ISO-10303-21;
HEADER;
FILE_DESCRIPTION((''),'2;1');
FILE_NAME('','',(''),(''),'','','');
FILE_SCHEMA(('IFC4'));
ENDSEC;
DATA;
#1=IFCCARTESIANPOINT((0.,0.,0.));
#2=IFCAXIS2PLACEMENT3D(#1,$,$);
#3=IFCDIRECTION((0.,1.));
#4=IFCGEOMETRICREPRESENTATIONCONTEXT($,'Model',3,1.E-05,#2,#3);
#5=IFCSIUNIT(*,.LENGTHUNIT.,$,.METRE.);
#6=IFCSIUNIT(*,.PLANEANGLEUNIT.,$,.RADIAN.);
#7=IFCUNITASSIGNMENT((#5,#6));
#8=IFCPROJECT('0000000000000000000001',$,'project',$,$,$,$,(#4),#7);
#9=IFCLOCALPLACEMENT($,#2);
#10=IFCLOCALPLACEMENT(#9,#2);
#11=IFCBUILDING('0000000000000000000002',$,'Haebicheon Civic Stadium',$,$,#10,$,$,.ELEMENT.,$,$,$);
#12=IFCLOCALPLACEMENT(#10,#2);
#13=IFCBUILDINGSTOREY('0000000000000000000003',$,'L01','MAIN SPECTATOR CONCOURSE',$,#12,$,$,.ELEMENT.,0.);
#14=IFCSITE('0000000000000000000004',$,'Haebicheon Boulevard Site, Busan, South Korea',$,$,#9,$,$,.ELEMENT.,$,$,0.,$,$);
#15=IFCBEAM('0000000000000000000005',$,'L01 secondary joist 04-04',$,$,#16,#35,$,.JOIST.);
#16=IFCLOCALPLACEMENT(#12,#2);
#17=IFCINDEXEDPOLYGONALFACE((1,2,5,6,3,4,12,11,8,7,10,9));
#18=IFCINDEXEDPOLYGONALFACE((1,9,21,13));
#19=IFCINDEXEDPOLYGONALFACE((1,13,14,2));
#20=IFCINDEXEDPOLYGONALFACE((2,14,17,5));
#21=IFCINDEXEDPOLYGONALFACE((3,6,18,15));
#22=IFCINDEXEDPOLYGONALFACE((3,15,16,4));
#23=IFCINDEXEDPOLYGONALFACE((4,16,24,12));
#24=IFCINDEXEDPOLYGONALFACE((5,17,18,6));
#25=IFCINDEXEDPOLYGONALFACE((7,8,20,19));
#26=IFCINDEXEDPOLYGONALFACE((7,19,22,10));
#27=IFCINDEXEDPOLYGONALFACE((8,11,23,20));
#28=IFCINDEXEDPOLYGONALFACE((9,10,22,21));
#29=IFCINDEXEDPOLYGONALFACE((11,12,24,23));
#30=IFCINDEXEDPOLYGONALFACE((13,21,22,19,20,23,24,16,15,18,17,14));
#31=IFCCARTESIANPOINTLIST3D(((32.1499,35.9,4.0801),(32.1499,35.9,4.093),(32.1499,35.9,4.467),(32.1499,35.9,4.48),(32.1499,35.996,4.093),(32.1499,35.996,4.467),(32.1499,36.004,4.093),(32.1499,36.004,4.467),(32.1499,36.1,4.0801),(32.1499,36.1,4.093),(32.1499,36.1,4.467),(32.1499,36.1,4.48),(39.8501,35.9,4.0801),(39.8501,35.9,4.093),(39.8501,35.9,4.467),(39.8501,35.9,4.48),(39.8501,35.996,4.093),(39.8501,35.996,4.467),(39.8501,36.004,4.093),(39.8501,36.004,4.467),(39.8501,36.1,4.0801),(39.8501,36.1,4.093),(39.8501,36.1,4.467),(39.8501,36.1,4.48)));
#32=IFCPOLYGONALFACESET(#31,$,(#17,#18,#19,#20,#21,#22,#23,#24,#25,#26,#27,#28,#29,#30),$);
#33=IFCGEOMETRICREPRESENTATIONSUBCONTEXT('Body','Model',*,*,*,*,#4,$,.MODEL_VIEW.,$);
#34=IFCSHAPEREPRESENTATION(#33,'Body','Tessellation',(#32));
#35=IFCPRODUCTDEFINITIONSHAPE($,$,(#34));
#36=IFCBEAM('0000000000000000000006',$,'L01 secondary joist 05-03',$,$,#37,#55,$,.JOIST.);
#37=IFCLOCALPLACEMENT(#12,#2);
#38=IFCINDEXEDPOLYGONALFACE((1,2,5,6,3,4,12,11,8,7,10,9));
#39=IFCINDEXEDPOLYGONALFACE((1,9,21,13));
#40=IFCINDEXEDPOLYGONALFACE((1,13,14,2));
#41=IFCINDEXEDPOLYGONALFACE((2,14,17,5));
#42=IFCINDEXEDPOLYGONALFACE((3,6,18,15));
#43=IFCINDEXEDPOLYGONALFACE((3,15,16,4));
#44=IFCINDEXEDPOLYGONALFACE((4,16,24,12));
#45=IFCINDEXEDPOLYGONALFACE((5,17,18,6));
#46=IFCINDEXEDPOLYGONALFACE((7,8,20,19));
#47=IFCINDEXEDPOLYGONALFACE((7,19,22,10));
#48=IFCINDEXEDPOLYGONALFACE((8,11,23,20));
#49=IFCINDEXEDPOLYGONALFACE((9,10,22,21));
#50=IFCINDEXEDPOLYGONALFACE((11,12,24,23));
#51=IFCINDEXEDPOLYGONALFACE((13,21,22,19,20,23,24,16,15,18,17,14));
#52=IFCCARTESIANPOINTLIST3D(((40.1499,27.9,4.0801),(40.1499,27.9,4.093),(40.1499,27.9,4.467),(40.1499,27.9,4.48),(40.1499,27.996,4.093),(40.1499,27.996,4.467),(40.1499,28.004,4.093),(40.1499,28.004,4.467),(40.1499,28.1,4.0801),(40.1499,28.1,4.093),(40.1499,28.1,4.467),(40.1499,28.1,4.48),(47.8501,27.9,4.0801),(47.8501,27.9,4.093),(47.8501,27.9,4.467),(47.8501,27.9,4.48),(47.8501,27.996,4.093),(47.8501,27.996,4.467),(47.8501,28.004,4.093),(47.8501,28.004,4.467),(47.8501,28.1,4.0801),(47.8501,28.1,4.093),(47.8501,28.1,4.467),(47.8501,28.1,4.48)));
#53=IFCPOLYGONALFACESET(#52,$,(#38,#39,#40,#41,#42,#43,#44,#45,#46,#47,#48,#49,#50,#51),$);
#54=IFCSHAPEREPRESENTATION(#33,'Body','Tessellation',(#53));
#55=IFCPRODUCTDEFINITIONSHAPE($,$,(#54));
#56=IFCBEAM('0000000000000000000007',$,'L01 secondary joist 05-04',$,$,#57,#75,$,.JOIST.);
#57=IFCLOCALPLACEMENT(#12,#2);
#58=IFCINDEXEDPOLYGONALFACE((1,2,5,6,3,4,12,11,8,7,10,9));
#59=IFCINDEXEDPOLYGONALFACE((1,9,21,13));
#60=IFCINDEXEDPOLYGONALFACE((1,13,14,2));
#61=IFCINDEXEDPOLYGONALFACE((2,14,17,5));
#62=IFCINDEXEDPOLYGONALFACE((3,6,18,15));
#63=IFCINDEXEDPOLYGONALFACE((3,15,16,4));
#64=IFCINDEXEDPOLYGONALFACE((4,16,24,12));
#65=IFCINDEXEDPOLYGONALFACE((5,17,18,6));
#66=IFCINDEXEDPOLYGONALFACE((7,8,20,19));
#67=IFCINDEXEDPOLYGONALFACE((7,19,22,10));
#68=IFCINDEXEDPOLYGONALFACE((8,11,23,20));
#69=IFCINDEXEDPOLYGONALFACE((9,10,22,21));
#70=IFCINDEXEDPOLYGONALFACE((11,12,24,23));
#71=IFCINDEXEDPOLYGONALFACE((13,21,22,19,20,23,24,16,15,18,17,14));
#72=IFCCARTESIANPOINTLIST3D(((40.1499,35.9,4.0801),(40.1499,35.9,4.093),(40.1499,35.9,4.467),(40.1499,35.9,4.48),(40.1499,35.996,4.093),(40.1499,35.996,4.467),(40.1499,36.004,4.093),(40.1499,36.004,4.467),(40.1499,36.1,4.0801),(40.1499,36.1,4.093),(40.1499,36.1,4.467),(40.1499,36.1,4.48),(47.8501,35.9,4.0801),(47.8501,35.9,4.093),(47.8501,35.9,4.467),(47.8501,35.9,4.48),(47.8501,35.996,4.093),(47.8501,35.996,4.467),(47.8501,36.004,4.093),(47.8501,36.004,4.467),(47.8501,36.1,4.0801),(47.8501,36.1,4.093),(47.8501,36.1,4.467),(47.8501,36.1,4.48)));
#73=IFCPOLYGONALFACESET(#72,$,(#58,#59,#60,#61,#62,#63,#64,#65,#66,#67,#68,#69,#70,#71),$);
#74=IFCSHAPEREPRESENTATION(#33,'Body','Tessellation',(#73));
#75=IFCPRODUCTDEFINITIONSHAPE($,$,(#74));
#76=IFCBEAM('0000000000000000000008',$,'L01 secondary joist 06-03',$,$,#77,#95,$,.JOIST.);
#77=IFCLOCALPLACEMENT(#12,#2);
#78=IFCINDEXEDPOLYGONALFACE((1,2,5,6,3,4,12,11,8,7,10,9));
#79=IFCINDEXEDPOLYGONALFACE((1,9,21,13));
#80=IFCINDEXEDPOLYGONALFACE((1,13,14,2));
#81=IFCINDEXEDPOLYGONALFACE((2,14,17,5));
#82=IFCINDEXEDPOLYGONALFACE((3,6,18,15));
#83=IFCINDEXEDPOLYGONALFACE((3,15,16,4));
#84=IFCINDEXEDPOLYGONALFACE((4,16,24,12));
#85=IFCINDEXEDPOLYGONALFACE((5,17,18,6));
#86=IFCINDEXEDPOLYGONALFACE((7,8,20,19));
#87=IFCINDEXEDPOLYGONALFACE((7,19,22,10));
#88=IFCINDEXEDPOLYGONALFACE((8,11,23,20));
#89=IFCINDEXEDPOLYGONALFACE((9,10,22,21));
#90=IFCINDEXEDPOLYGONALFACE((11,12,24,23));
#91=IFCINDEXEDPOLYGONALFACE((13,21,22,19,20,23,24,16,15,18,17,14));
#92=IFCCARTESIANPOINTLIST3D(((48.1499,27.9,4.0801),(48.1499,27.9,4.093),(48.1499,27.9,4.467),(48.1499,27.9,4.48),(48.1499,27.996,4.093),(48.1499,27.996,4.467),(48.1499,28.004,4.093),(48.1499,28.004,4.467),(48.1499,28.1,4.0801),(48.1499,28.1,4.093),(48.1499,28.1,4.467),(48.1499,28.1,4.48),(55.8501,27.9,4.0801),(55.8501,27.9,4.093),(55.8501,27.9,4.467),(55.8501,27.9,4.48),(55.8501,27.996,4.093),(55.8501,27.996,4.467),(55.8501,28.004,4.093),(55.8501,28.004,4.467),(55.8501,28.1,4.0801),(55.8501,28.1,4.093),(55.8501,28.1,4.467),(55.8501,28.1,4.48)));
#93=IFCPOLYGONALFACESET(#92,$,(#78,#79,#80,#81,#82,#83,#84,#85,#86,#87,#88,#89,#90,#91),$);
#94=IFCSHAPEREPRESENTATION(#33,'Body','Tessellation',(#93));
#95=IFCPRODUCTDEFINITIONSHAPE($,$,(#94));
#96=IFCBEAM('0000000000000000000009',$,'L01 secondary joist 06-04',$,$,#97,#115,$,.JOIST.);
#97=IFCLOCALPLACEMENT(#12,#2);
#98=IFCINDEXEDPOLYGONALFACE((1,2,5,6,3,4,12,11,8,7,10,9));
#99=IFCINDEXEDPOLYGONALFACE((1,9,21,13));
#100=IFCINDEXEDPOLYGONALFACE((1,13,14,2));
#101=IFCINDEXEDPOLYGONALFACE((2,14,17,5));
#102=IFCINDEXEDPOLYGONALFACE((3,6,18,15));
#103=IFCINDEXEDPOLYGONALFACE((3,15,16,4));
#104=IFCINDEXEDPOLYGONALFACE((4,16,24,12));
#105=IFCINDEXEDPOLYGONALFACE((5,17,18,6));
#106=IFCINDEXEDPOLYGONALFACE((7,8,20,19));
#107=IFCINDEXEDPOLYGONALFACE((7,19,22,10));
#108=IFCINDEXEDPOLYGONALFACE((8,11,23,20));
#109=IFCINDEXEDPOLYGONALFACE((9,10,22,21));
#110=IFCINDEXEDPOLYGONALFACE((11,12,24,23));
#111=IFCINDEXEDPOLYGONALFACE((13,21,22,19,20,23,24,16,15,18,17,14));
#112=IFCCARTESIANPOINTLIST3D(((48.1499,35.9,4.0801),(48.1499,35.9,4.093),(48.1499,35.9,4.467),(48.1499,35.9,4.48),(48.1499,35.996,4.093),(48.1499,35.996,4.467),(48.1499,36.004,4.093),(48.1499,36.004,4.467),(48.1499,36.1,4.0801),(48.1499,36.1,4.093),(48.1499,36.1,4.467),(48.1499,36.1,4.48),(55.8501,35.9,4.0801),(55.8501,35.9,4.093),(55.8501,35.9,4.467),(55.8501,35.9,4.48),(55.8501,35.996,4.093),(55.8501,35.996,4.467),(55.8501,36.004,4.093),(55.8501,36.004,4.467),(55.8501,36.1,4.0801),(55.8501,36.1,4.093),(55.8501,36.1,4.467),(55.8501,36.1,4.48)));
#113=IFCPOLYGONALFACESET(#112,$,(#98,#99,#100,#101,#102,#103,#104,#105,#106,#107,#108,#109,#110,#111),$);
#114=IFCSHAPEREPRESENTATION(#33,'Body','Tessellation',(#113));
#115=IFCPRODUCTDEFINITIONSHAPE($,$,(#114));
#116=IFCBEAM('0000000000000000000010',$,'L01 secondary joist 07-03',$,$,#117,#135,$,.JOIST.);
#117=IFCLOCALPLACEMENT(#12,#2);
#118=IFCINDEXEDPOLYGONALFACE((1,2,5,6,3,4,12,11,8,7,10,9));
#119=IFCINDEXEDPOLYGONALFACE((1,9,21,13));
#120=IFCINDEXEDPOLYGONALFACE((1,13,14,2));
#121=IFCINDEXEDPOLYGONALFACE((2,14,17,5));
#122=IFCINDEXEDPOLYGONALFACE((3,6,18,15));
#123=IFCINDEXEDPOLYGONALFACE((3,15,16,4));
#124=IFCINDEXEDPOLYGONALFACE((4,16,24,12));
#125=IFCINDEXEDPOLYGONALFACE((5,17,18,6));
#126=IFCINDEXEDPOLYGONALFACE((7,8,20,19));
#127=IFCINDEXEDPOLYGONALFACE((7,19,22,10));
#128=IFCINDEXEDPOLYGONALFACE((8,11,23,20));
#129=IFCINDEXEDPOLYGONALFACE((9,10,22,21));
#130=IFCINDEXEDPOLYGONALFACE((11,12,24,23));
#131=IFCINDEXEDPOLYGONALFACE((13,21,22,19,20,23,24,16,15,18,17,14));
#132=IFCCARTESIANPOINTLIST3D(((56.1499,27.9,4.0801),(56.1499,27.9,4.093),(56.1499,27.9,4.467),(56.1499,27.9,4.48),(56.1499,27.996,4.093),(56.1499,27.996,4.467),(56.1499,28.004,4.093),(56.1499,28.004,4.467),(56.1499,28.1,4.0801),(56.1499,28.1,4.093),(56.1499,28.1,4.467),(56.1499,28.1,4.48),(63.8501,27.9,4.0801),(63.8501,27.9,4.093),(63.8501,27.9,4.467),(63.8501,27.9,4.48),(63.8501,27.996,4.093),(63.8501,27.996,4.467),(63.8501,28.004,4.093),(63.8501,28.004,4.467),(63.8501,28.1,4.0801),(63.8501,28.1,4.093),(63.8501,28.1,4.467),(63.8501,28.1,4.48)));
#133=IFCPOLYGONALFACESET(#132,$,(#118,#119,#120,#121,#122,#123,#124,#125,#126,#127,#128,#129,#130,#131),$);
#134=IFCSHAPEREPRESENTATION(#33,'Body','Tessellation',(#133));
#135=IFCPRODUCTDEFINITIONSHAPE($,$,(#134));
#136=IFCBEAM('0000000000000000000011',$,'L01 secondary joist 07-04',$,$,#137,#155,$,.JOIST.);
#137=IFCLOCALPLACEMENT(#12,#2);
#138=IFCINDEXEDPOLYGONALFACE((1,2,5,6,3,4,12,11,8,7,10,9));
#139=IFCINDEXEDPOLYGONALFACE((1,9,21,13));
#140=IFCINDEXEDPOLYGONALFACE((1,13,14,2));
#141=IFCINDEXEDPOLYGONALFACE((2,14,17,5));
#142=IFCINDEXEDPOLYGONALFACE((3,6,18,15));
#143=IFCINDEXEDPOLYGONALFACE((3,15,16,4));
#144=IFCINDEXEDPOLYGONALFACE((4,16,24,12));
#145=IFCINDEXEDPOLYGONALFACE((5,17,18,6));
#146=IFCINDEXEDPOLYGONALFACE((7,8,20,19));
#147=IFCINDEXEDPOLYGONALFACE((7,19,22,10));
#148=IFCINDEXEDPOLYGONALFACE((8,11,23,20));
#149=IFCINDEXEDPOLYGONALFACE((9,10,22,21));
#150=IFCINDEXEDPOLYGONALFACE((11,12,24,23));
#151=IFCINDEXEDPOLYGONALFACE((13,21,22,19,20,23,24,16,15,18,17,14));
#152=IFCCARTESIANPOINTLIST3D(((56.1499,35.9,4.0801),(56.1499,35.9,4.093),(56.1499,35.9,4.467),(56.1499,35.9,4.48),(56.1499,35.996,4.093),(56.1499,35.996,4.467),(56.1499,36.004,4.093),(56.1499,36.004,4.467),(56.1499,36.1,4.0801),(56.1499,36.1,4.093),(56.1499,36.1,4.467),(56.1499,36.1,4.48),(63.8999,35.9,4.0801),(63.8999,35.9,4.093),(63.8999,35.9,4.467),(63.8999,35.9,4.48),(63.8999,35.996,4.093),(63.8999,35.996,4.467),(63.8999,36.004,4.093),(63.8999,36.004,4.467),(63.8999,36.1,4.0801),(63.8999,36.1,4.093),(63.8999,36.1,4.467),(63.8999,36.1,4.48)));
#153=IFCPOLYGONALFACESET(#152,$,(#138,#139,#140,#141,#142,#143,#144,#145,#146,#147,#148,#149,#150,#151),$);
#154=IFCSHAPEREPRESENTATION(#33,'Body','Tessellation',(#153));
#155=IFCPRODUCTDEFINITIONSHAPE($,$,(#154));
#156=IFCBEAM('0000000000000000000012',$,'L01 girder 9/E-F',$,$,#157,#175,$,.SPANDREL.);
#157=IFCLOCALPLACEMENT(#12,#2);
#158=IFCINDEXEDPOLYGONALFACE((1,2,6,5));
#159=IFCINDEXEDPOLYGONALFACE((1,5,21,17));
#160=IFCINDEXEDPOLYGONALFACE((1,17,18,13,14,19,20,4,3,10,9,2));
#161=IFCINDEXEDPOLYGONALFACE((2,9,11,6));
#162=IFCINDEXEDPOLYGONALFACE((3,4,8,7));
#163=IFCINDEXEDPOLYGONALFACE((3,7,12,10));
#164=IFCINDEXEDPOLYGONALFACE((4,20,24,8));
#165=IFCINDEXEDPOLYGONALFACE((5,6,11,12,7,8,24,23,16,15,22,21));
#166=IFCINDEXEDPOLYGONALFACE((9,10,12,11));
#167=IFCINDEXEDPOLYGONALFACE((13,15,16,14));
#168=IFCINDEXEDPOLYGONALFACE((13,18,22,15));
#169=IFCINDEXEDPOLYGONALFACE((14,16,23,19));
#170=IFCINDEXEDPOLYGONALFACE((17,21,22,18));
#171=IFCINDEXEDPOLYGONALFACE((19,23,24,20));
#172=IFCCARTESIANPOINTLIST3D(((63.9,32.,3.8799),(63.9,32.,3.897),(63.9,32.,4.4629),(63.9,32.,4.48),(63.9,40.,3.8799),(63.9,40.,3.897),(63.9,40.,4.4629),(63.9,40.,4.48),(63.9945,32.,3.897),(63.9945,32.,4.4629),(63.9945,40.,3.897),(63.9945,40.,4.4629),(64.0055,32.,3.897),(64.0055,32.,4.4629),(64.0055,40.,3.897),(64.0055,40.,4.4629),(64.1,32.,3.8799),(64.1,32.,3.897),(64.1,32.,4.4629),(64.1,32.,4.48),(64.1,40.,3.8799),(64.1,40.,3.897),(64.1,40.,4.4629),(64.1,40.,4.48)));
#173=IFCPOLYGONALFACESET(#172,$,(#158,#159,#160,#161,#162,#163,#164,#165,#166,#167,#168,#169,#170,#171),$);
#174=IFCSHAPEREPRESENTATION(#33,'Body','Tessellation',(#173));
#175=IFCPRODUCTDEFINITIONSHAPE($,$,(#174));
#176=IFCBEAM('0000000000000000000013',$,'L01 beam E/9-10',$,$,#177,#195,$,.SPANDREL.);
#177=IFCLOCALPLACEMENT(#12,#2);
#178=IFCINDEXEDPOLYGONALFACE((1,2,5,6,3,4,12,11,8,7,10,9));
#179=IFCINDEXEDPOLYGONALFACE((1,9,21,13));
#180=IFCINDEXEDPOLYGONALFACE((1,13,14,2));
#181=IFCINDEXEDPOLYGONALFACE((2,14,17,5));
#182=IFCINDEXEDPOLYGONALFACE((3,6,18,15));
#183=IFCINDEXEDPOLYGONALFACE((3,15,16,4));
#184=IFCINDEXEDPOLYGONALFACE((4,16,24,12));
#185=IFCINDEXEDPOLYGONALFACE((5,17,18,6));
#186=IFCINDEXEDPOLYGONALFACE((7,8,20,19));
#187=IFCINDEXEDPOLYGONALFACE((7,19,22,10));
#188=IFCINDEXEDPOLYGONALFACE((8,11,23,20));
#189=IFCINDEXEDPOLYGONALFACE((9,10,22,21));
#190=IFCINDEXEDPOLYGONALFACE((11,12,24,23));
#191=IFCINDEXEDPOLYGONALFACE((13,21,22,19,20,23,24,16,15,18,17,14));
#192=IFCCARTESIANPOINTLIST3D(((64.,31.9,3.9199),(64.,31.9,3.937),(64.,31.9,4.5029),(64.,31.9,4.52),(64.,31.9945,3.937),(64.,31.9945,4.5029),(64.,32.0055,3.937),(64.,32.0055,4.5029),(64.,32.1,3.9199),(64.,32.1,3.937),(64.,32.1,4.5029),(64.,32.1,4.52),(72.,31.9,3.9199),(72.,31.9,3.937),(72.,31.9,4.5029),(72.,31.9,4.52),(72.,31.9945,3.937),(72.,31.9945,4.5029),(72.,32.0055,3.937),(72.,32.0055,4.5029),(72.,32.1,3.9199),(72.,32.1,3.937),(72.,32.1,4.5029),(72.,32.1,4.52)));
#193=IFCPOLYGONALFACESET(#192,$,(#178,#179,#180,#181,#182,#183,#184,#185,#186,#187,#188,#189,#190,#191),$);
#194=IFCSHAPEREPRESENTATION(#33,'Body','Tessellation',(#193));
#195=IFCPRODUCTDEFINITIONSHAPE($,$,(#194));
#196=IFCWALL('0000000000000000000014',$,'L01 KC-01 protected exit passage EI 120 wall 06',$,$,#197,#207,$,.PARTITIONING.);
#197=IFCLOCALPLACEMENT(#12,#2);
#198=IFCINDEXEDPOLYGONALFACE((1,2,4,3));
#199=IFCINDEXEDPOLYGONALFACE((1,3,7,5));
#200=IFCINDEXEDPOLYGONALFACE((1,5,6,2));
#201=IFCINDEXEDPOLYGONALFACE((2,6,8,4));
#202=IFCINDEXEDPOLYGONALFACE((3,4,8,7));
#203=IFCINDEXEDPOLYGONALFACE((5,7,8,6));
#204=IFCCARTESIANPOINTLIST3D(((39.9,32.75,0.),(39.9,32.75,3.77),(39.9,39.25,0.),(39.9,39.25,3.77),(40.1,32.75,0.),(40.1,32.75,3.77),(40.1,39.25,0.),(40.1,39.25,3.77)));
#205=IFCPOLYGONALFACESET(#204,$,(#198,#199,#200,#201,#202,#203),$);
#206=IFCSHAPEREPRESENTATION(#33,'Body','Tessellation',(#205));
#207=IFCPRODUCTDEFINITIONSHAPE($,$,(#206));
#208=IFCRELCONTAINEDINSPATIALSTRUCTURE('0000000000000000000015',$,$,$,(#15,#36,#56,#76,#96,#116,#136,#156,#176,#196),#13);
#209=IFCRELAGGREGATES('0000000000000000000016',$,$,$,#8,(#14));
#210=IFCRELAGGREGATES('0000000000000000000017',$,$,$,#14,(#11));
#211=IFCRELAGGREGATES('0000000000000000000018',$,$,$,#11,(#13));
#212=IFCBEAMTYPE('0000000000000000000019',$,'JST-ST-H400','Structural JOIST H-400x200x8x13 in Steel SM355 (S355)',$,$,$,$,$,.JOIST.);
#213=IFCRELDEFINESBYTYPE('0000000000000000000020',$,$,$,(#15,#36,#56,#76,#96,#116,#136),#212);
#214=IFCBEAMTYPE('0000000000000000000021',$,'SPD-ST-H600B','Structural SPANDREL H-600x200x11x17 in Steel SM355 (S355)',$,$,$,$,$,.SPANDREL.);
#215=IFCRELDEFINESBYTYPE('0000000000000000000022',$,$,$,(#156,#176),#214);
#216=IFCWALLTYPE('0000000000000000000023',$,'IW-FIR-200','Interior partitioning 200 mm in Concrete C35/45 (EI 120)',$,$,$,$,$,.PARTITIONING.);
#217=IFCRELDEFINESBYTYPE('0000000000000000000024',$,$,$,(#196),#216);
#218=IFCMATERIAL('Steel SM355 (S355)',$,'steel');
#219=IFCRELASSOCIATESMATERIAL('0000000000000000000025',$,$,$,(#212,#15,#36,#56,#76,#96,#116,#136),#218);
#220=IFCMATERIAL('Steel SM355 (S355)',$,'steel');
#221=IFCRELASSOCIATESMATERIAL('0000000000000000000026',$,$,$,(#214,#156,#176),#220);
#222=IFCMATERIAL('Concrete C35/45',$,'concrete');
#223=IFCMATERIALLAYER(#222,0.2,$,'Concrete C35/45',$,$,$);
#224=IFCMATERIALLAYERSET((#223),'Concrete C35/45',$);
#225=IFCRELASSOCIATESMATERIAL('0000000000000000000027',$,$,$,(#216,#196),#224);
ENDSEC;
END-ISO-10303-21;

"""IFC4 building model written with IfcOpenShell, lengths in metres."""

from ifc_helpers import new_model, si_unit, direction, frame, frame_2d, origin, origin_2d, place, context, subcontext, project, spatial, rectangle, i_section, extrude, material, layer, layer_set, material_profile, profile_set, type_object, element, save


model = new_model("IFC4")

# Units and contexts
model_context = context("Model", 3, precision=1e-05, world=origin(), true_north=direction((0.0, 1.0)))
body_context = subcontext(model_context, "Body", "Model", "MODEL_VIEW")
ifc_project = project(units=[si_unit("LENGTHUNIT", "METRE"), si_unit("PLANEANGLEUNIT", "RADIAN")], contexts=[model_context])

# Site, building, storey
site_placement = place(None, origin())
site = spatial("IfcSite", under=ifc_project, at=site_placement, Name="Haebicheon Boulevard Site, Busan, South Korea", CompositionType="ELEMENT", RefElevation=0.0)
building_placement = place(site_placement, origin())
building = spatial("IfcBuilding", under=site, at=building_placement, Name="Haebicheon Civic Stadium", CompositionType="ELEMENT")
storey_placement = place(building_placement, origin())
storey = spatial("IfcBuildingStorey", under=building, at=storey_placement, Name="L01", Description="MAIN SPECTATOR CONCOURSE", CompositionType="ELEMENT", Elevation=0.0)

# Beams
ifc_material_1 = material(Name="Steel SM355 (S355)", Category="steel")
ifc_material_profile_1 = material_profile(ifc_material_1, i_section(OverallWidth=0.2, OverallDepth=0.3999, WebThickness=0.0081, FlangeThickness=0.0129, at=origin_2d()), Name="H-400x200x8x13")
ifc_profile_set_1 = profile_set([ifc_material_profile_1], Name="Steel SM355 (S355)")
beam_type_1 = type_object("IfcBeamType", Name="JST-ST-H400", Description="Structural JOIST H-400x200x8x13 in Steel SM355 (S355)", PredefinedType="JOIST", material=ifc_profile_set_1)
for number, where, z_axis, x_axis, name in (
    (1, (32.1499, 36.0, 4.28), (1.0, 0.0, 0.0), (0.0, 1.0, 0.0), "L01 secondary joist 04-04"),
    (2, (40.1499, 28.0, 4.28), (1.0, 0.0, 0.0), (0.0, 1.0, 0.0), "L01 secondary joist 05-03"),
    (3, (40.1499, 36.0, 4.28), (1.0, 0.0, 0.0), (0.0, 1.0, 0.0), "L01 secondary joist 05-04"),
    (4, (48.1499, 28.0, 4.28), (1.0, 0.0, 0.0), (0.0, 1.0, 0.0), "L01 secondary joist 06-03"),
    (5, (48.1499, 36.0, 4.28), (1.0, 0.0, 0.0), (0.0, 1.0, 0.0), "L01 secondary joist 06-04"),
    (6, (56.1499, 28.0, 4.28), (1.0, 0.0, 0.0), (0.0, 1.0, 0.0), "L01 secondary joist 07-03"),
):
    element("IfcBeam", number, at=place(storey_placement, frame(where, z_axis=z_axis, x_axis=x_axis)), inside=storey, type_object=beam_type_1, material=ifc_profile_set_1, Name=name, PredefinedType="JOIST", context=body_context, shape_type="SweptSolid", body=[
        extrude(i_section(OverallWidth=0.2, OverallDepth=0.3999, WebThickness=0.0081, FlangeThickness=0.0129, at=origin_2d()), origin(), (0.0, 0.0, 1.0), 7.7002),
    ])
beam_placement = place(storey_placement, frame((56.1499, 36.0, 4.28), z_axis=(1.0, 0.0, 0.0), x_axis=(0.0, 1.0, 0.0)))
element("IfcBeam", 7, at=beam_placement, inside=storey, type_object=beam_type_1, material=ifc_profile_set_1, Name="L01 secondary joist 07-04", PredefinedType="JOIST", context=body_context, shape_type="SweptSolid", body=[
    extrude(i_section(OverallWidth=0.2, OverallDepth=0.3999, WebThickness=0.0081, FlangeThickness=0.0129, at=origin_2d()), origin(), (0.0, 0.0, 1.0), 7.75),
])
ifc_material_2 = material(Name="Steel SM355 (S355)", Category="steel")
ifc_material_profile_2 = material_profile(ifc_material_2, i_section(OverallWidth=0.2, OverallDepth=0.6001, WebThickness=0.011, FlangeThickness=0.0171, at=origin_2d()), Name="H-600x200x11x17")
ifc_profile_set_2 = profile_set([ifc_material_profile_2], Name="Steel SM355 (S355)")
beam_type_2 = type_object("IfcBeamType", Name="SPD-ST-H600B", Description="Structural SPANDREL H-600x200x11x17 in Steel SM355 (S355)", PredefinedType="SPANDREL", material=ifc_profile_set_2)
for number, where, z_axis, x_axis, name in (
    (8, (64.0, 32.0, 4.1799), (0.0, 1.0, 0.0), (-1.0, 0.0, 0.0), "L01 girder 9/E-F"),
    (9, (64.0, 32.0, 4.22), (1.0, 0.0, 0.0), (0.0, 1.0, 0.0), "L01 beam E/9-10"),
):
    element("IfcBeam", number, at=place(storey_placement, frame(where, z_axis=z_axis, x_axis=x_axis)), inside=storey, type_object=beam_type_2, material=ifc_profile_set_2, Name=name, PredefinedType="SPANDREL", context=body_context, shape_type="SweptSolid", body=[
        extrude(i_section(OverallWidth=0.2, OverallDepth=0.6001, WebThickness=0.011, FlangeThickness=0.0171, at=origin_2d()), origin(), (0.0, 0.0, 1.0), 8.0),
    ])

# Wall
ifc_material_3 = material(Name="Concrete C35/45", Category="concrete")
ifc_layer_1 = layer(ifc_material_3, 0.2, Name="Concrete C35/45")
ifc_layer_set_1 = layer_set([ifc_layer_1], Name="Concrete C35/45")
wall_type_1 = type_object("IfcWallType", Name="IW-FIR-200", Description="Interior partitioning 200 mm in Concrete C35/45 (EI 120)", PredefinedType="PARTITIONING", material=ifc_layer_set_1)
wall_1_placement = place(storey_placement, frame((40.0, 32.75, 0.0), z_axis=(0.0, 0.0, 1.0), x_axis=(0.0, 1.0, 0.0)))
element("IfcWall", 10, at=wall_1_placement, inside=storey, type_object=wall_type_1, material=ifc_layer_set_1, Name="L01 KC-01 protected exit passage EI 120 wall 06", PredefinedType="PARTITIONING", context=body_context, shape_type="SweptSolid", body=[
    extrude(rectangle(XDim=6.5, YDim=0.2, at=frame_2d((3.25, 0.0))), origin(), (0.0, 0.0, 1.0), 3.77),
])

save(model, "model.ifc")
